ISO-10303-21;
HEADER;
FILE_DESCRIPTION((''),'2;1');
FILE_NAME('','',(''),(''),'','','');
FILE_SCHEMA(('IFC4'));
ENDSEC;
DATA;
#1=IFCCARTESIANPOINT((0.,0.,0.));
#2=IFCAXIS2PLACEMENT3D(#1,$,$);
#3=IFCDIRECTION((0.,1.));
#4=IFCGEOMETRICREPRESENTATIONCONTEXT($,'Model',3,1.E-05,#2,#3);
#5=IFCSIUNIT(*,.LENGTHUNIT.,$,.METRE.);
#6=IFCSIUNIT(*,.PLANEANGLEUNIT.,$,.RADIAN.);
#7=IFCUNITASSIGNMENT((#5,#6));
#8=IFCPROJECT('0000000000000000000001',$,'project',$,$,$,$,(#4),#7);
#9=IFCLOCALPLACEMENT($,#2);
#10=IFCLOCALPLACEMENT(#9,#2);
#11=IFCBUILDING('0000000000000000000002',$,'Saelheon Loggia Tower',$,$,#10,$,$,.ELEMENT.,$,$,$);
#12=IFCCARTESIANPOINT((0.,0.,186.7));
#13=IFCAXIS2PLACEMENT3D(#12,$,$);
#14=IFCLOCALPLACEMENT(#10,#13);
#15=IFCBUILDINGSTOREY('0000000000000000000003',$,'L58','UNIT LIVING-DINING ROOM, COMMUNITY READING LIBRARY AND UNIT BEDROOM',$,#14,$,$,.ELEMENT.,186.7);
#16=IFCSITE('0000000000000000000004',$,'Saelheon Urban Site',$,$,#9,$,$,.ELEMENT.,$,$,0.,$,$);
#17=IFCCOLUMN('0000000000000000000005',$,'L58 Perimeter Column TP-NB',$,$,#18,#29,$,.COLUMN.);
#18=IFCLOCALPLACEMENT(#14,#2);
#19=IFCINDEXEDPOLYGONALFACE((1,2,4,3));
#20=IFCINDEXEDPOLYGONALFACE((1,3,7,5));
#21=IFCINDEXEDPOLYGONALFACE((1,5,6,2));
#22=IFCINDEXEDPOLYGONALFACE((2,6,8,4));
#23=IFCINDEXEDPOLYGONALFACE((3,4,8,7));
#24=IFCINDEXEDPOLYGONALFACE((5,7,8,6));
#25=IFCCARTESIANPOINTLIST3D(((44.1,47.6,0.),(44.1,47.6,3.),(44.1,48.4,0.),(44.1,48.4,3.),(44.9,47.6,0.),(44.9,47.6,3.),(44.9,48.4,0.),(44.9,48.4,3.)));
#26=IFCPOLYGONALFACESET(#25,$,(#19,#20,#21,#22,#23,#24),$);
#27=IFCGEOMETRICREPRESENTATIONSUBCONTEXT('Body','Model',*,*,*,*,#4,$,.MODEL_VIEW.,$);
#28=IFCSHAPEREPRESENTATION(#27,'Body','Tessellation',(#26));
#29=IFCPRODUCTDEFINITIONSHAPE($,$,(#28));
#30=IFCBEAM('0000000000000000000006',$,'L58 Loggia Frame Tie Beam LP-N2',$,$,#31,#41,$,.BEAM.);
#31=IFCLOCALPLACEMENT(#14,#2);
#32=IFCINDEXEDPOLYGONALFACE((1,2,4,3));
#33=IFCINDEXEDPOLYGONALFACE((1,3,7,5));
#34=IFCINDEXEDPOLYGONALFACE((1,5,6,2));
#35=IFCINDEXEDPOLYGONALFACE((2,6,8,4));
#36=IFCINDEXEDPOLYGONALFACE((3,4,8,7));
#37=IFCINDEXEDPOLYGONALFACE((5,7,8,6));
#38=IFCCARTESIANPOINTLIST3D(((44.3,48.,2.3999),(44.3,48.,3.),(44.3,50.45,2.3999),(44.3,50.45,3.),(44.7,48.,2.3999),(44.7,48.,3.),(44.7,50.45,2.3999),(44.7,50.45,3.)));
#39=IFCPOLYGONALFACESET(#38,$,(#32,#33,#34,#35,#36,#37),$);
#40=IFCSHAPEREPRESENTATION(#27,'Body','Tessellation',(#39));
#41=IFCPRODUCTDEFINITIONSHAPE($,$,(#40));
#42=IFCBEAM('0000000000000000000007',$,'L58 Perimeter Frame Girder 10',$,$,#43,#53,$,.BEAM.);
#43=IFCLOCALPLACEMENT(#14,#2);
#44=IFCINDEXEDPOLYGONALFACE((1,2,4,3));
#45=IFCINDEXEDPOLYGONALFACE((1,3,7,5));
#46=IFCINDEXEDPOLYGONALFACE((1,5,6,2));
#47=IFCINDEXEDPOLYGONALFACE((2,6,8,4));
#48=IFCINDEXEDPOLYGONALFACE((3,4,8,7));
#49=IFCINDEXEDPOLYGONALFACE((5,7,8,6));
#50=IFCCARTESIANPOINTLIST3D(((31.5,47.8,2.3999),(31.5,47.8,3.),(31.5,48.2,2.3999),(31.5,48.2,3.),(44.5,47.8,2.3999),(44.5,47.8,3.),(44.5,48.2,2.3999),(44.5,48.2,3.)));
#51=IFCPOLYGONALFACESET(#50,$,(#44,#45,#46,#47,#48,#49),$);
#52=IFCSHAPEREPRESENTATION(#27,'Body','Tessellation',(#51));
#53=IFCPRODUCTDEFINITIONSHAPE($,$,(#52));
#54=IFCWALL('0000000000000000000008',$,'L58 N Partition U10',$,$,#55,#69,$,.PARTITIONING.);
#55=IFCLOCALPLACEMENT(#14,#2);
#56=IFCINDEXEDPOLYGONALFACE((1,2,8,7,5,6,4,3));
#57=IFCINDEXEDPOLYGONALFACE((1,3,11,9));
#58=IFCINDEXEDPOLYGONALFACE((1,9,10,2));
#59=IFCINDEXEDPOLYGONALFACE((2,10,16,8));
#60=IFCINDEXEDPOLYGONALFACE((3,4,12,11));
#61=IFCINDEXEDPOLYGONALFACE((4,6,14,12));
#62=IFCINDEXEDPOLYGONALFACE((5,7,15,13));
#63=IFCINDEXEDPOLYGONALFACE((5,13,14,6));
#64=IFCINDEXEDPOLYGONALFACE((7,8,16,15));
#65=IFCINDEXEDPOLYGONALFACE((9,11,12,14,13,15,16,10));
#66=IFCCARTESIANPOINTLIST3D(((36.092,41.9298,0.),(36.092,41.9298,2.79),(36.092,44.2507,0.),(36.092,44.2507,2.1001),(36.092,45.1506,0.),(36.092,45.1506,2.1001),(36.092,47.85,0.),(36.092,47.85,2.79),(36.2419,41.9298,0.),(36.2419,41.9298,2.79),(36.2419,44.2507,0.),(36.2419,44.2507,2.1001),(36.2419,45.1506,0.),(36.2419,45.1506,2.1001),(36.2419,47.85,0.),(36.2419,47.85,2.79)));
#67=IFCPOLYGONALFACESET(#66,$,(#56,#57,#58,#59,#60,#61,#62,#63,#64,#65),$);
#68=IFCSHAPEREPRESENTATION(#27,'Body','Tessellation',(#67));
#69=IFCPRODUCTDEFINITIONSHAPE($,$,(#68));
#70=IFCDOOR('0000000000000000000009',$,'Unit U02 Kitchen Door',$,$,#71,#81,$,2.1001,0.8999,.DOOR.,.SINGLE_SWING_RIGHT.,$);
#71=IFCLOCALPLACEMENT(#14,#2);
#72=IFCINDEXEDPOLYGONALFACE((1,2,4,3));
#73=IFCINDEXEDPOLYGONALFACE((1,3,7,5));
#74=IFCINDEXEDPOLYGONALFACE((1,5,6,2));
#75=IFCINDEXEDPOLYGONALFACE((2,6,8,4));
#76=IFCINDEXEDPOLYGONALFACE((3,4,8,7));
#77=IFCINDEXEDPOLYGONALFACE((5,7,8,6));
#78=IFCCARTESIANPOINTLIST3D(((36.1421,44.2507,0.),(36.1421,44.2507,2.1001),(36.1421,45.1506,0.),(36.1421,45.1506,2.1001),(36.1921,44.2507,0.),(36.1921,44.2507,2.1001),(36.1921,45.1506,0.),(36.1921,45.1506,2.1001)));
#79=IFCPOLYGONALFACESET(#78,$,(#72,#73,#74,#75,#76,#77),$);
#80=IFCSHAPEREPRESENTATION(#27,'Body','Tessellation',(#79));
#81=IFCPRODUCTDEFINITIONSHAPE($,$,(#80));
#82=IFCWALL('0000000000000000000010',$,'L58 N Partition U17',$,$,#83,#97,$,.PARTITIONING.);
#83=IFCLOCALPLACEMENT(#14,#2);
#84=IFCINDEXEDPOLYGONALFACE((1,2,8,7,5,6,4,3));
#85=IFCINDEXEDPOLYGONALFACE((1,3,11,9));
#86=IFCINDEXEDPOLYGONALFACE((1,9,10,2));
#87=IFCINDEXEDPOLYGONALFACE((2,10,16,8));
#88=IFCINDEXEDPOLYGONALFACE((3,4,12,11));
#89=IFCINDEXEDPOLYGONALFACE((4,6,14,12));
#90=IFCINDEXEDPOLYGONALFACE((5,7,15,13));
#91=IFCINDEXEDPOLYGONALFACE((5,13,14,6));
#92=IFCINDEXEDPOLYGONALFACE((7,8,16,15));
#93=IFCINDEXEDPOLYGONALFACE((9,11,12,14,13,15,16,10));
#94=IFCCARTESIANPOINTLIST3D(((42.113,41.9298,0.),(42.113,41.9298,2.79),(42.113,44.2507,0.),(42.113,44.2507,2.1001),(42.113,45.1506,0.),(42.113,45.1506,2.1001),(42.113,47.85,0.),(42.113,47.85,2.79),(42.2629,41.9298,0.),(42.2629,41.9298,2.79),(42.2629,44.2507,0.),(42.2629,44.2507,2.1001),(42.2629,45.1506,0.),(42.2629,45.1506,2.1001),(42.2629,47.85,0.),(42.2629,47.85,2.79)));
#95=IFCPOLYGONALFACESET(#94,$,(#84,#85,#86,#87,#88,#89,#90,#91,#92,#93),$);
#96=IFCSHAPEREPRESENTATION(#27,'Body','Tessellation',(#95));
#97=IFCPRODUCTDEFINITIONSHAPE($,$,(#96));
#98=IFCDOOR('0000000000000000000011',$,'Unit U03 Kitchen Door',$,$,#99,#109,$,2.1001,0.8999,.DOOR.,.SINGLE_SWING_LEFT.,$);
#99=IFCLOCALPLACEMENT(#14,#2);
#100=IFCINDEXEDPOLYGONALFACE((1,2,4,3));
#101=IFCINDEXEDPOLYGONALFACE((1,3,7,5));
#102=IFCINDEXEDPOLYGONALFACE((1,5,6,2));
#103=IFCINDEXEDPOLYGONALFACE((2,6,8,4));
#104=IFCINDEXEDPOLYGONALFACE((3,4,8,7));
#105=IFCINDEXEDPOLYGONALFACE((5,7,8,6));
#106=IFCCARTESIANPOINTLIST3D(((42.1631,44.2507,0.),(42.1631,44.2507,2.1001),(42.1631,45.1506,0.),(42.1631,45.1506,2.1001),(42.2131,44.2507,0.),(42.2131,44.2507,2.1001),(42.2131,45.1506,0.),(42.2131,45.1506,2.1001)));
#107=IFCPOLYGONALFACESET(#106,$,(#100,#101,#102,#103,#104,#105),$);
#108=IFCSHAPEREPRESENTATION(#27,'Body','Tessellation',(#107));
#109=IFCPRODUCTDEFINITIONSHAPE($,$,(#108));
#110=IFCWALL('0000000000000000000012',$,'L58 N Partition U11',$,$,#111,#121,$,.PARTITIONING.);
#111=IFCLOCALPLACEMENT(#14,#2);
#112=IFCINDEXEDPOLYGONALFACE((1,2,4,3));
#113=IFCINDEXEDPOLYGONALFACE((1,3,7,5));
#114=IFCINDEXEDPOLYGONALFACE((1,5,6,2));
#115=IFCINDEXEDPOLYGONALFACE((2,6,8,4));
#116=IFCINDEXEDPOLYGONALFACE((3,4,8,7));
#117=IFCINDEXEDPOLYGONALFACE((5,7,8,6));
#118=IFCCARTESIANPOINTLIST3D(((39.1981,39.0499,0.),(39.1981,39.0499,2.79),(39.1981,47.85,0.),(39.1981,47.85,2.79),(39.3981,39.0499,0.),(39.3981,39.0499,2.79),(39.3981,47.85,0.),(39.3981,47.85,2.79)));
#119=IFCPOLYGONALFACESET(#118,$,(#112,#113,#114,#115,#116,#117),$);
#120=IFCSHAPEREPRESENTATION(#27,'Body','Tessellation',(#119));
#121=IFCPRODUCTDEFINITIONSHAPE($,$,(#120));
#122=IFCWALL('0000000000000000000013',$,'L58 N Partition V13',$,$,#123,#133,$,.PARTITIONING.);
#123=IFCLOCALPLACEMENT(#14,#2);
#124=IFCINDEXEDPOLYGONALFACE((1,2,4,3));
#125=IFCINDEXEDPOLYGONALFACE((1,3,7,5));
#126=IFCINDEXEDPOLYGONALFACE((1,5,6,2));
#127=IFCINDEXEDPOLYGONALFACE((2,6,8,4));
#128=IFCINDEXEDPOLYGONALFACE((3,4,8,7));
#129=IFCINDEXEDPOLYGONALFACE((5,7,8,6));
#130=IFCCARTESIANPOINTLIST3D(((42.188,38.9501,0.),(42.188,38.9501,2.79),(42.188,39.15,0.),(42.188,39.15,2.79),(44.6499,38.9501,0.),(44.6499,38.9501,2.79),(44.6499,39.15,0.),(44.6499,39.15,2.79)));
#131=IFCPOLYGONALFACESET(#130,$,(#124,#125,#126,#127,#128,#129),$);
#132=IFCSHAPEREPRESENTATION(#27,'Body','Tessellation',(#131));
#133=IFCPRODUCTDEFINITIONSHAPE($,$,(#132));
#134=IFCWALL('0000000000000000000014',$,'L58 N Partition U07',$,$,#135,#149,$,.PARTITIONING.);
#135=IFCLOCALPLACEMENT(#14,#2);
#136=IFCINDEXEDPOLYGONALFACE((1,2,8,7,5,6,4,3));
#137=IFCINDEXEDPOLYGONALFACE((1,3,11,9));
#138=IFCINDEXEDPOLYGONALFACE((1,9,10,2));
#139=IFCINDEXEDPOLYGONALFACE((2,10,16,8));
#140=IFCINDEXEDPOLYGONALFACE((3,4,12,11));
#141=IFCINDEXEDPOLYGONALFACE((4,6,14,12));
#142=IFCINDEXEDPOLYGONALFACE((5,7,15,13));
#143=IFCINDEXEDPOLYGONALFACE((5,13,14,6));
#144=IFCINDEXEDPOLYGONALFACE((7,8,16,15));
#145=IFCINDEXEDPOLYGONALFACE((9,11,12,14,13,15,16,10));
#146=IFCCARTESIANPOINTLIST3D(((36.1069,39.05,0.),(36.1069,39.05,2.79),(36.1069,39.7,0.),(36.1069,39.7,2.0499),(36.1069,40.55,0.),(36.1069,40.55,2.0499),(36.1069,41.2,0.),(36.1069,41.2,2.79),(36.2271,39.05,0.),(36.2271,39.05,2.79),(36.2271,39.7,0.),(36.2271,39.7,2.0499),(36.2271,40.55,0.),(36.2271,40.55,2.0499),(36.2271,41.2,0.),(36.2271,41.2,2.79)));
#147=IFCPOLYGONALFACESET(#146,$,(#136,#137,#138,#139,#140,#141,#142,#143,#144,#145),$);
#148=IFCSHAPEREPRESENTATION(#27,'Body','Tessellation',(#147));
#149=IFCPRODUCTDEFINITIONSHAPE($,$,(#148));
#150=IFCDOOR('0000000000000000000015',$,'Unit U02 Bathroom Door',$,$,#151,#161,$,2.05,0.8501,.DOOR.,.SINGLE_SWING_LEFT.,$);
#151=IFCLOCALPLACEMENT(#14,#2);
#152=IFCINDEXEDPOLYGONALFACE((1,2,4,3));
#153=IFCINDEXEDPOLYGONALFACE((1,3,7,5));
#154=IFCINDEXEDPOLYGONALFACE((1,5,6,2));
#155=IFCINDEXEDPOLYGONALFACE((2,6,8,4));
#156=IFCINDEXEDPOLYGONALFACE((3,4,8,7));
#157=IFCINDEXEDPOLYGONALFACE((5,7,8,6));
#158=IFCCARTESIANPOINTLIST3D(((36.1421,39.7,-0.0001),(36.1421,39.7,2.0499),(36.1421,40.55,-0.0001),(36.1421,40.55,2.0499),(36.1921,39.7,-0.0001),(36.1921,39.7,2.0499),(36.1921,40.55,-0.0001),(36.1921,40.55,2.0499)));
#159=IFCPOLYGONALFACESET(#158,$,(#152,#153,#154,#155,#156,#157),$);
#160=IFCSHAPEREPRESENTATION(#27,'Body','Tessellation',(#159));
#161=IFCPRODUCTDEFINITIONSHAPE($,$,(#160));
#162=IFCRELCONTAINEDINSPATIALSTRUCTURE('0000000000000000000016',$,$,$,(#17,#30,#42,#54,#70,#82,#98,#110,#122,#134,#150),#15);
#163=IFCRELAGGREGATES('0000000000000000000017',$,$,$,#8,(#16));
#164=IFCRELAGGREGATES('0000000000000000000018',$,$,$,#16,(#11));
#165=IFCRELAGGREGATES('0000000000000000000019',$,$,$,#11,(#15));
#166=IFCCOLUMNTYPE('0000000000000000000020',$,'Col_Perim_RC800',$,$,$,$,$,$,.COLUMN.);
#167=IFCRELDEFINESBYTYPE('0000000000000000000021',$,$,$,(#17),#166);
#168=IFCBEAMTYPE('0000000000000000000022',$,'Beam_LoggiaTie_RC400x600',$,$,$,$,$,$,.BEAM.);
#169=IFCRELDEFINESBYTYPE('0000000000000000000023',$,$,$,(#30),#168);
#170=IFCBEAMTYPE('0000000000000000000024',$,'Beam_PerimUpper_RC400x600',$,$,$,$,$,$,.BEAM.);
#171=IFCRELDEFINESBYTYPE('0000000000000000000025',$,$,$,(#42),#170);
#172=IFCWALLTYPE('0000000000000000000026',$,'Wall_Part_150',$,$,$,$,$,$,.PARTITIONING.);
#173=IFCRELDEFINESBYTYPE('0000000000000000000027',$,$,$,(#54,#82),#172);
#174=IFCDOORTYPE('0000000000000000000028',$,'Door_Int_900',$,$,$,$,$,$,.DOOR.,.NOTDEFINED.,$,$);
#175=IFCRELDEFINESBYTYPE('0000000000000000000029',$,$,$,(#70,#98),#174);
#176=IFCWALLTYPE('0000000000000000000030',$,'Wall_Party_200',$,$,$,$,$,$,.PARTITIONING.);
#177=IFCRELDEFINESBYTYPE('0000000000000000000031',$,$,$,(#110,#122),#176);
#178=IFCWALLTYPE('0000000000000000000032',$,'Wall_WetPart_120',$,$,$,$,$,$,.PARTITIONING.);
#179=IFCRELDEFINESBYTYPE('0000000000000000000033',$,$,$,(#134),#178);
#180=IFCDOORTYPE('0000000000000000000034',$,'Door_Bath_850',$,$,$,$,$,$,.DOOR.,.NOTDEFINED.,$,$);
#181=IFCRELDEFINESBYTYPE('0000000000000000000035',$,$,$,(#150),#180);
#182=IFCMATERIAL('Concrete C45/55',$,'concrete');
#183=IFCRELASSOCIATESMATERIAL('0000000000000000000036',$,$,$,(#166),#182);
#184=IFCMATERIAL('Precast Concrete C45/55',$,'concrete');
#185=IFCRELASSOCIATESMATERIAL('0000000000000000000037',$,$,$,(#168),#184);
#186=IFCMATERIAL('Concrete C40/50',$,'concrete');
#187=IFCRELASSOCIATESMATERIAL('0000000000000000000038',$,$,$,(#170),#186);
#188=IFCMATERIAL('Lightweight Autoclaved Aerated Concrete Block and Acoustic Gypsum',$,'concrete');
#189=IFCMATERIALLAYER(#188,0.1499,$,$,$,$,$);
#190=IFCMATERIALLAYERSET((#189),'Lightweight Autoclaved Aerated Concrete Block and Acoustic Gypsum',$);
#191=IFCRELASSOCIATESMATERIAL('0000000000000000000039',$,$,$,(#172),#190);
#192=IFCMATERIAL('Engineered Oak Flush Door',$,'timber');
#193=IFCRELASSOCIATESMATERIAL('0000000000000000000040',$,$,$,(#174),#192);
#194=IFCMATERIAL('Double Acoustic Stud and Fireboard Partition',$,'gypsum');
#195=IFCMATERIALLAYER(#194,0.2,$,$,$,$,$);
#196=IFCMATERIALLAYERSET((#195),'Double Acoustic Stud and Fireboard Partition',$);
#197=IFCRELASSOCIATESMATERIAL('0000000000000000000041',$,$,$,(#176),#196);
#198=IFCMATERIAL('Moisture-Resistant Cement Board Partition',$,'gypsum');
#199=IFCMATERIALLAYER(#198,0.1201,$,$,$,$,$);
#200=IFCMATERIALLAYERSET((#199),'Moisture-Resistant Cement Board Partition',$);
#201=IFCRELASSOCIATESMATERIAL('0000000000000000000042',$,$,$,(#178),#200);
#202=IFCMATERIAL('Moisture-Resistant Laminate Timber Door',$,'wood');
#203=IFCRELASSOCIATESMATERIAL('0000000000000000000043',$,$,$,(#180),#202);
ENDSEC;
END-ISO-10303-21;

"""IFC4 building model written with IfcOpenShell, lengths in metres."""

from ifc_helpers import new_model, si_unit, direction, frame, frame_2d, origin, origin_2d, place, context, subcontext, project, spatial, rectangle, extrude, source, transform, mapped, material, layer, layer_set, material_profile, profile_set, type_object, element, fill, save


model = new_model("IFC4")

# Units and contexts
model_context = context("Model", 3, precision=1e-05, world=origin(), true_north=direction((0.0, 1.0)))
body_context = subcontext(model_context, "Body", "Model", "MODEL_VIEW")
ifc_project = project(units=[si_unit("LENGTHUNIT", "METRE"), si_unit("PLANEANGLEUNIT", "RADIAN")], contexts=[model_context])

# Site, building, storey
site_placement = place(None, origin())
site = spatial("IfcSite", under=ifc_project, at=site_placement, Name="Saelheon Urban Site", CompositionType="ELEMENT", RefElevation=0.0)
building_placement = place(site_placement, origin())
building = spatial("IfcBuilding", under=site, at=building_placement, Name="Saelheon Loggia Tower", CompositionType="ELEMENT")
storey_placement = place(building_placement, frame((0.0, 0.0, 186.7)))
storey = spatial("IfcBuildingStorey", under=building, at=storey_placement, Name="L58", Description="UNIT LIVING-DINING ROOM, COMMUNITY READING LIBRARY AND UNIT BEDROOM", CompositionType="ELEMENT", Elevation=186.7)

# Column
ifc_material_1 = material(Name="Concrete C45/55", Category="concrete")
ifc_material_profile_1 = material_profile(ifc_material_1, rectangle(XDim=0.8, YDim=0.8, at=origin_2d()), Name="RC-800x800")
ifc_profile_set_1 = profile_set([ifc_material_profile_1], Name="Concrete C45/55")
column_type = type_object("IfcColumnType", Name="Col_Perim_RC800", PredefinedType="COLUMN", material=ifc_profile_set_1)
shared_shape_1 = source(origin(), body_context, "Body", "SweptSolid", [
    extrude(rectangle(XDim=0.8, YDim=0.8, at=origin_2d()), origin(), (0.0, 0.0, 1.0), 3.0),
])
column_placement = place(storey_placement, frame((44.5, 48.0, 0.0), z_axis=(0.0, 0.0, 1.0), x_axis=(1.0, 0.0, 0.0)))
element("IfcColumn", 1, at=column_placement, inside=storey, type_object=column_type, Name="L58 Perimeter Column TP-NB", PredefinedType="COLUMN", context=body_context, shape_type="MappedRepresentation", body=[
    mapped(shared_shape_1, transform((0.0, 0.0, 0.0), scale=1.0)),
])

# Beams
ifc_material_2 = material(Name="Precast Concrete C45/55", Category="concrete")
ifc_material_profile_2 = material_profile(ifc_material_2, rectangle(XDim=0.3999, YDim=0.6001, at=origin_2d()), Name="RC-400x600")
ifc_profile_set_2 = profile_set([ifc_material_profile_2], Name="Precast Concrete C45/55")
beam_type_1 = type_object("IfcBeamType", Name="Beam_LoggiaTie_RC400x600", PredefinedType="BEAM", material=ifc_profile_set_2)
shared_shape_2 = source(origin(), body_context, "Body", "SweptSolid", [
    extrude(rectangle(XDim=0.3999, YDim=0.6001, at=origin_2d()), origin(), (0.0, 0.0, 1.0), 2.45),
])
beam_1_placement = place(storey_placement, frame((44.5, 48.0, 2.7), z_axis=(0.0, 1.0, 0.0), x_axis=(-1.0, 0.0, 0.0)))
element("IfcBeam", 2, at=beam_1_placement, inside=storey, type_object=beam_type_1, Name="L58 Loggia Frame Tie Beam LP-N2", PredefinedType="BEAM", context=body_context, shape_type="MappedRepresentation", body=[
    mapped(shared_shape_2, transform((0.0, 0.0, 0.0), scale=1.0)),
])
ifc_material_3 = material(Name="Concrete C40/50", Category="concrete")
ifc_material_profile_3 = material_profile(ifc_material_3, rectangle(XDim=0.3999, YDim=0.6001, at=origin_2d()), Name="RC-400x600")
ifc_profile_set_3 = profile_set([ifc_material_profile_3], Name="Concrete C40/50")
beam_type_2 = type_object("IfcBeamType", Name="Beam_PerimUpper_RC400x600", PredefinedType="BEAM", material=ifc_profile_set_3)
shared_shape_3 = source(origin(), body_context, "Body", "SweptSolid", [
    extrude(rectangle(XDim=0.3999, YDim=0.6001, at=origin_2d()), origin(), (0.0, 0.0, 1.0), 13.0),
])
beam_2_placement = place(storey_placement, frame((44.5, 48.0, 2.7), z_axis=(-1.0, 0.0, 0.0), x_axis=(0.0, -1.0, 0.0)))
element("IfcBeam", 3, at=beam_2_placement, inside=storey, type_object=beam_type_2, Name="L58 Perimeter Frame Girder 10", PredefinedType="BEAM", context=body_context, shape_type="MappedRepresentation", body=[
    mapped(shared_shape_3, transform((0.0, 0.0, 0.0), scale=1.0)),
])

# Walls, openings, doors
ifc_material_4 = material(Name="Lightweight Autoclaved Aerated Concrete Block and Acoustic Gypsum", Category="concrete")
ifc_layer_1 = layer(ifc_material_4, 0.1499)
ifc_layer_set_1 = layer_set([ifc_layer_1], Name="Lightweight Autoclaved Aerated Concrete Block and Acoustic Gypsum")
wall_type_1 = type_object("IfcWallType", Name="Wall_Part_150", PredefinedType="PARTITIONING", material=ifc_layer_set_1)
wall_1_placement = place(storey_placement, frame((36.167, 41.9299, 0.0), z_axis=(0.0, 0.0, 1.0), x_axis=(0.0, 1.0, 0.0)))
wall_1 = element("IfcWall", 4, at=wall_1_placement, inside=storey, type_object=wall_type_1, Name="L58 N Partition U10", PredefinedType="PARTITIONING", context=body_context, shape_type="SweptSolid", body=[
    extrude(rectangle(XDim=5.9202, YDim=0.1499, at=frame_2d((2.96, 0.0))), origin(), (0.0, 0.0, 1.0), 2.79),
])
opening_1_placement = place(wall_1_placement, frame((2.3208, 0.0, 0.0)))
opening_1 = element("IfcOpeningElement", 5, at=opening_1_placement, cuts=wall_1, PredefinedType="OPENING", context=body_context, shape_type="SweptSolid", body=[
    extrude(rectangle(XDim=0.8999, YDim=2.1001, at=frame_2d((0.45, 1.05))), frame((0.0, 0.0869, 0.0), z_axis=(0.0, -1.0, 0.0), x_axis=(1.0, 0.0, 0.0)), (0.0, 0.0, 1.0), 0.1738),
])
ifc_material_5 = material(Name="Engineered Oak Flush Door", Category="timber")
door_type_1 = type_object("IfcDoorType", Name="Door_Int_900", OperationType="NOTDEFINED", PredefinedType="DOOR", material=ifc_material_5)
shared_shape_4 = source(origin(), body_context, "Body", "SweptSolid", [
    extrude(rectangle(XDim=0.8999, YDim=2.1001, at=frame_2d((0.45, 1.05))), frame((0.0, 0.0249, 0.0), z_axis=(0.0, -1.0, 0.0), x_axis=(1.0, 0.0, 0.0)), (0.0, 0.0, 1.0), 0.05),
])
door_1_placement = place(opening_1_placement, origin())
door_1 = element("IfcDoor", 6, at=door_1_placement, inside=storey, type_object=door_type_1, Name="Unit U02 Kitchen Door", OperationType="SINGLE_SWING_RIGHT", OverallHeight=2.1001, OverallWidth=0.8999, PredefinedType="DOOR", context=body_context, shape_type="MappedRepresentation", body=[
    mapped(shared_shape_4, transform((0.0, 0.0, 0.0), scale=1.0)),
])
fill(opening_1, door_1)
wall_2_placement = place(storey_placement, frame((42.188, 41.9299, 0.0), z_axis=(0.0, 0.0, 1.0), x_axis=(0.0, 1.0, 0.0)))
wall_2 = element("IfcWall", 7, at=wall_2_placement, inside=storey, type_object=wall_type_1, Name="L58 N Partition U17", PredefinedType="PARTITIONING", context=body_context, shape_type="SweptSolid", body=[
    extrude(rectangle(XDim=5.9202, YDim=0.1499, at=frame_2d((2.96, 0.0))), origin(), (0.0, 0.0, 1.0), 2.79),
])
opening_2_placement = place(wall_2_placement, frame((2.3208, 0.0, 0.0)))
opening_2 = element("IfcOpeningElement", 8, at=opening_2_placement, cuts=wall_2, PredefinedType="OPENING", context=body_context, shape_type="SweptSolid", body=[
    extrude(rectangle(XDim=0.8999, YDim=2.1001, at=frame_2d((0.45, 1.05))), frame((0.0, 0.0869, 0.0), z_axis=(0.0, -1.0, 0.0), x_axis=(1.0, 0.0, 0.0)), (0.0, 0.0, 1.0), 0.1738),
])
door_2_placement = place(opening_2_placement, origin())
door_2 = element("IfcDoor", 9, at=door_2_placement, inside=storey, type_object=door_type_1, Name="Unit U03 Kitchen Door", OperationType="SINGLE_SWING_LEFT", OverallHeight=2.1001, OverallWidth=0.8999, PredefinedType="DOOR", context=body_context, shape_type="MappedRepresentation", body=[
    mapped(shared_shape_4, transform((0.0, 0.0, 0.0), scale=1.0)),
])
fill(opening_2, door_2)

# Wall
ifc_material_6 = material(Name="Double Acoustic Stud and Fireboard Partition", Category="gypsum")
ifc_layer_2 = layer(ifc_material_6, 0.2)
ifc_layer_set_2 = layer_set([ifc_layer_2], Name="Double Acoustic Stud and Fireboard Partition")
wall_type_2 = type_object("IfcWallType", Name="Wall_Party_200", PredefinedType="PARTITIONING", material=ifc_layer_set_2)
wall_3_placement = place(storey_placement, frame((39.2981, 39.05, 0.0), z_axis=(0.0, 0.0, 1.0), x_axis=(0.0, 1.0, 0.0)))
element("IfcWall", 10, at=wall_3_placement, inside=storey, type_object=wall_type_2, Name="L58 N Partition U11", PredefinedType="PARTITIONING", context=body_context, shape_type="SweptSolid", body=[
    extrude(rectangle(XDim=8.8, YDim=0.2, at=frame_2d((4.3999, 0.0))), origin(), (0.0, 0.0, 1.0), 2.79),
])

# Wall
wall_4_placement = place(storey_placement, frame((42.188, 39.05, 0.0), z_axis=(0.0, 0.0, 1.0), x_axis=(1.0, 0.0, 0.0)))
element("IfcWall", 11, at=wall_4_placement, inside=storey, type_object=wall_type_2, Name="L58 N Partition V13", PredefinedType="PARTITIONING", context=body_context, shape_type="SweptSolid", body=[
    extrude(rectangle(XDim=2.4619, YDim=0.2, at=frame_2d((1.231, 0.0))), origin(), (0.0, 0.0, 1.0), 2.79),
])

# Wall, opening, door
ifc_material_7 = material(Name="Moisture-Resistant Cement Board Partition", Category="gypsum")
ifc_layer_3 = layer(ifc_material_7, 0.1201)
ifc_layer_set_3 = layer_set([ifc_layer_3], Name="Moisture-Resistant Cement Board Partition")
wall_type_3 = type_object("IfcWallType", Name="Wall_WetPart_120", PredefinedType="PARTITIONING", material=ifc_layer_set_3)
wall_5_placement = place(storey_placement, frame((36.167, 39.05, 0.0), z_axis=(0.0, 0.0, 1.0), x_axis=(0.0, 1.0, 0.0)))
wall_5 = element("IfcWall", 12, at=wall_5_placement, inside=storey, type_object=wall_type_3, Name="L58 N Partition U07", PredefinedType="PARTITIONING", context=body_context, shape_type="SweptSolid", body=[
    extrude(rectangle(XDim=2.1499, YDim=0.1201, at=frame_2d((1.075, 0.0))), origin(), (0.0, 0.0, 1.0), 2.79),
])
opening_3_placement = place(wall_5_placement, frame((0.6499, 0.0, 0.0)))
opening_3 = element("IfcOpeningElement", 13, at=opening_3_placement, cuts=wall_5, PredefinedType="OPENING", context=body_context, shape_type="SweptSolid", body=[
    extrude(rectangle(XDim=0.8501, YDim=2.05, at=frame_2d((0.425, 1.0249))), frame((0.0, 0.072, 0.0), z_axis=(0.0, -1.0, 0.0), x_axis=(1.0, 0.0, 0.0)), (0.0, 0.0, 1.0), 0.144),
])
ifc_material_8 = material(Name="Moisture-Resistant Laminate Timber Door", Category="wood")
door_type_2 = type_object("IfcDoorType", Name="Door_Bath_850", OperationType="NOTDEFINED", PredefinedType="DOOR", material=ifc_material_8)
shared_shape_5 = source(origin(), body_context, "Body", "SweptSolid", [
    extrude(rectangle(XDim=0.8501, YDim=2.05, at=frame_2d((0.425, 1.0249))), frame((0.0, 0.0249, 0.0), z_axis=(0.0, -1.0, 0.0), x_axis=(1.0, 0.0, 0.0)), (0.0, 0.0, 1.0), 0.05),
])
door_3_placement = place(opening_3_placement, origin())
door_3 = element("IfcDoor", 14, at=door_3_placement, inside=storey, type_object=door_type_2, Name="Unit U02 Bathroom Door", OperationType="SINGLE_SWING_LEFT", OverallHeight=2.05, OverallWidth=0.8501, PredefinedType="DOOR", context=body_context, shape_type="MappedRepresentation", body=[
    mapped(shared_shape_5, transform((0.0, 0.0, 0.0), scale=1.0)),
])
fill(opening_3, door_3)

save(model, "model.ifc")
